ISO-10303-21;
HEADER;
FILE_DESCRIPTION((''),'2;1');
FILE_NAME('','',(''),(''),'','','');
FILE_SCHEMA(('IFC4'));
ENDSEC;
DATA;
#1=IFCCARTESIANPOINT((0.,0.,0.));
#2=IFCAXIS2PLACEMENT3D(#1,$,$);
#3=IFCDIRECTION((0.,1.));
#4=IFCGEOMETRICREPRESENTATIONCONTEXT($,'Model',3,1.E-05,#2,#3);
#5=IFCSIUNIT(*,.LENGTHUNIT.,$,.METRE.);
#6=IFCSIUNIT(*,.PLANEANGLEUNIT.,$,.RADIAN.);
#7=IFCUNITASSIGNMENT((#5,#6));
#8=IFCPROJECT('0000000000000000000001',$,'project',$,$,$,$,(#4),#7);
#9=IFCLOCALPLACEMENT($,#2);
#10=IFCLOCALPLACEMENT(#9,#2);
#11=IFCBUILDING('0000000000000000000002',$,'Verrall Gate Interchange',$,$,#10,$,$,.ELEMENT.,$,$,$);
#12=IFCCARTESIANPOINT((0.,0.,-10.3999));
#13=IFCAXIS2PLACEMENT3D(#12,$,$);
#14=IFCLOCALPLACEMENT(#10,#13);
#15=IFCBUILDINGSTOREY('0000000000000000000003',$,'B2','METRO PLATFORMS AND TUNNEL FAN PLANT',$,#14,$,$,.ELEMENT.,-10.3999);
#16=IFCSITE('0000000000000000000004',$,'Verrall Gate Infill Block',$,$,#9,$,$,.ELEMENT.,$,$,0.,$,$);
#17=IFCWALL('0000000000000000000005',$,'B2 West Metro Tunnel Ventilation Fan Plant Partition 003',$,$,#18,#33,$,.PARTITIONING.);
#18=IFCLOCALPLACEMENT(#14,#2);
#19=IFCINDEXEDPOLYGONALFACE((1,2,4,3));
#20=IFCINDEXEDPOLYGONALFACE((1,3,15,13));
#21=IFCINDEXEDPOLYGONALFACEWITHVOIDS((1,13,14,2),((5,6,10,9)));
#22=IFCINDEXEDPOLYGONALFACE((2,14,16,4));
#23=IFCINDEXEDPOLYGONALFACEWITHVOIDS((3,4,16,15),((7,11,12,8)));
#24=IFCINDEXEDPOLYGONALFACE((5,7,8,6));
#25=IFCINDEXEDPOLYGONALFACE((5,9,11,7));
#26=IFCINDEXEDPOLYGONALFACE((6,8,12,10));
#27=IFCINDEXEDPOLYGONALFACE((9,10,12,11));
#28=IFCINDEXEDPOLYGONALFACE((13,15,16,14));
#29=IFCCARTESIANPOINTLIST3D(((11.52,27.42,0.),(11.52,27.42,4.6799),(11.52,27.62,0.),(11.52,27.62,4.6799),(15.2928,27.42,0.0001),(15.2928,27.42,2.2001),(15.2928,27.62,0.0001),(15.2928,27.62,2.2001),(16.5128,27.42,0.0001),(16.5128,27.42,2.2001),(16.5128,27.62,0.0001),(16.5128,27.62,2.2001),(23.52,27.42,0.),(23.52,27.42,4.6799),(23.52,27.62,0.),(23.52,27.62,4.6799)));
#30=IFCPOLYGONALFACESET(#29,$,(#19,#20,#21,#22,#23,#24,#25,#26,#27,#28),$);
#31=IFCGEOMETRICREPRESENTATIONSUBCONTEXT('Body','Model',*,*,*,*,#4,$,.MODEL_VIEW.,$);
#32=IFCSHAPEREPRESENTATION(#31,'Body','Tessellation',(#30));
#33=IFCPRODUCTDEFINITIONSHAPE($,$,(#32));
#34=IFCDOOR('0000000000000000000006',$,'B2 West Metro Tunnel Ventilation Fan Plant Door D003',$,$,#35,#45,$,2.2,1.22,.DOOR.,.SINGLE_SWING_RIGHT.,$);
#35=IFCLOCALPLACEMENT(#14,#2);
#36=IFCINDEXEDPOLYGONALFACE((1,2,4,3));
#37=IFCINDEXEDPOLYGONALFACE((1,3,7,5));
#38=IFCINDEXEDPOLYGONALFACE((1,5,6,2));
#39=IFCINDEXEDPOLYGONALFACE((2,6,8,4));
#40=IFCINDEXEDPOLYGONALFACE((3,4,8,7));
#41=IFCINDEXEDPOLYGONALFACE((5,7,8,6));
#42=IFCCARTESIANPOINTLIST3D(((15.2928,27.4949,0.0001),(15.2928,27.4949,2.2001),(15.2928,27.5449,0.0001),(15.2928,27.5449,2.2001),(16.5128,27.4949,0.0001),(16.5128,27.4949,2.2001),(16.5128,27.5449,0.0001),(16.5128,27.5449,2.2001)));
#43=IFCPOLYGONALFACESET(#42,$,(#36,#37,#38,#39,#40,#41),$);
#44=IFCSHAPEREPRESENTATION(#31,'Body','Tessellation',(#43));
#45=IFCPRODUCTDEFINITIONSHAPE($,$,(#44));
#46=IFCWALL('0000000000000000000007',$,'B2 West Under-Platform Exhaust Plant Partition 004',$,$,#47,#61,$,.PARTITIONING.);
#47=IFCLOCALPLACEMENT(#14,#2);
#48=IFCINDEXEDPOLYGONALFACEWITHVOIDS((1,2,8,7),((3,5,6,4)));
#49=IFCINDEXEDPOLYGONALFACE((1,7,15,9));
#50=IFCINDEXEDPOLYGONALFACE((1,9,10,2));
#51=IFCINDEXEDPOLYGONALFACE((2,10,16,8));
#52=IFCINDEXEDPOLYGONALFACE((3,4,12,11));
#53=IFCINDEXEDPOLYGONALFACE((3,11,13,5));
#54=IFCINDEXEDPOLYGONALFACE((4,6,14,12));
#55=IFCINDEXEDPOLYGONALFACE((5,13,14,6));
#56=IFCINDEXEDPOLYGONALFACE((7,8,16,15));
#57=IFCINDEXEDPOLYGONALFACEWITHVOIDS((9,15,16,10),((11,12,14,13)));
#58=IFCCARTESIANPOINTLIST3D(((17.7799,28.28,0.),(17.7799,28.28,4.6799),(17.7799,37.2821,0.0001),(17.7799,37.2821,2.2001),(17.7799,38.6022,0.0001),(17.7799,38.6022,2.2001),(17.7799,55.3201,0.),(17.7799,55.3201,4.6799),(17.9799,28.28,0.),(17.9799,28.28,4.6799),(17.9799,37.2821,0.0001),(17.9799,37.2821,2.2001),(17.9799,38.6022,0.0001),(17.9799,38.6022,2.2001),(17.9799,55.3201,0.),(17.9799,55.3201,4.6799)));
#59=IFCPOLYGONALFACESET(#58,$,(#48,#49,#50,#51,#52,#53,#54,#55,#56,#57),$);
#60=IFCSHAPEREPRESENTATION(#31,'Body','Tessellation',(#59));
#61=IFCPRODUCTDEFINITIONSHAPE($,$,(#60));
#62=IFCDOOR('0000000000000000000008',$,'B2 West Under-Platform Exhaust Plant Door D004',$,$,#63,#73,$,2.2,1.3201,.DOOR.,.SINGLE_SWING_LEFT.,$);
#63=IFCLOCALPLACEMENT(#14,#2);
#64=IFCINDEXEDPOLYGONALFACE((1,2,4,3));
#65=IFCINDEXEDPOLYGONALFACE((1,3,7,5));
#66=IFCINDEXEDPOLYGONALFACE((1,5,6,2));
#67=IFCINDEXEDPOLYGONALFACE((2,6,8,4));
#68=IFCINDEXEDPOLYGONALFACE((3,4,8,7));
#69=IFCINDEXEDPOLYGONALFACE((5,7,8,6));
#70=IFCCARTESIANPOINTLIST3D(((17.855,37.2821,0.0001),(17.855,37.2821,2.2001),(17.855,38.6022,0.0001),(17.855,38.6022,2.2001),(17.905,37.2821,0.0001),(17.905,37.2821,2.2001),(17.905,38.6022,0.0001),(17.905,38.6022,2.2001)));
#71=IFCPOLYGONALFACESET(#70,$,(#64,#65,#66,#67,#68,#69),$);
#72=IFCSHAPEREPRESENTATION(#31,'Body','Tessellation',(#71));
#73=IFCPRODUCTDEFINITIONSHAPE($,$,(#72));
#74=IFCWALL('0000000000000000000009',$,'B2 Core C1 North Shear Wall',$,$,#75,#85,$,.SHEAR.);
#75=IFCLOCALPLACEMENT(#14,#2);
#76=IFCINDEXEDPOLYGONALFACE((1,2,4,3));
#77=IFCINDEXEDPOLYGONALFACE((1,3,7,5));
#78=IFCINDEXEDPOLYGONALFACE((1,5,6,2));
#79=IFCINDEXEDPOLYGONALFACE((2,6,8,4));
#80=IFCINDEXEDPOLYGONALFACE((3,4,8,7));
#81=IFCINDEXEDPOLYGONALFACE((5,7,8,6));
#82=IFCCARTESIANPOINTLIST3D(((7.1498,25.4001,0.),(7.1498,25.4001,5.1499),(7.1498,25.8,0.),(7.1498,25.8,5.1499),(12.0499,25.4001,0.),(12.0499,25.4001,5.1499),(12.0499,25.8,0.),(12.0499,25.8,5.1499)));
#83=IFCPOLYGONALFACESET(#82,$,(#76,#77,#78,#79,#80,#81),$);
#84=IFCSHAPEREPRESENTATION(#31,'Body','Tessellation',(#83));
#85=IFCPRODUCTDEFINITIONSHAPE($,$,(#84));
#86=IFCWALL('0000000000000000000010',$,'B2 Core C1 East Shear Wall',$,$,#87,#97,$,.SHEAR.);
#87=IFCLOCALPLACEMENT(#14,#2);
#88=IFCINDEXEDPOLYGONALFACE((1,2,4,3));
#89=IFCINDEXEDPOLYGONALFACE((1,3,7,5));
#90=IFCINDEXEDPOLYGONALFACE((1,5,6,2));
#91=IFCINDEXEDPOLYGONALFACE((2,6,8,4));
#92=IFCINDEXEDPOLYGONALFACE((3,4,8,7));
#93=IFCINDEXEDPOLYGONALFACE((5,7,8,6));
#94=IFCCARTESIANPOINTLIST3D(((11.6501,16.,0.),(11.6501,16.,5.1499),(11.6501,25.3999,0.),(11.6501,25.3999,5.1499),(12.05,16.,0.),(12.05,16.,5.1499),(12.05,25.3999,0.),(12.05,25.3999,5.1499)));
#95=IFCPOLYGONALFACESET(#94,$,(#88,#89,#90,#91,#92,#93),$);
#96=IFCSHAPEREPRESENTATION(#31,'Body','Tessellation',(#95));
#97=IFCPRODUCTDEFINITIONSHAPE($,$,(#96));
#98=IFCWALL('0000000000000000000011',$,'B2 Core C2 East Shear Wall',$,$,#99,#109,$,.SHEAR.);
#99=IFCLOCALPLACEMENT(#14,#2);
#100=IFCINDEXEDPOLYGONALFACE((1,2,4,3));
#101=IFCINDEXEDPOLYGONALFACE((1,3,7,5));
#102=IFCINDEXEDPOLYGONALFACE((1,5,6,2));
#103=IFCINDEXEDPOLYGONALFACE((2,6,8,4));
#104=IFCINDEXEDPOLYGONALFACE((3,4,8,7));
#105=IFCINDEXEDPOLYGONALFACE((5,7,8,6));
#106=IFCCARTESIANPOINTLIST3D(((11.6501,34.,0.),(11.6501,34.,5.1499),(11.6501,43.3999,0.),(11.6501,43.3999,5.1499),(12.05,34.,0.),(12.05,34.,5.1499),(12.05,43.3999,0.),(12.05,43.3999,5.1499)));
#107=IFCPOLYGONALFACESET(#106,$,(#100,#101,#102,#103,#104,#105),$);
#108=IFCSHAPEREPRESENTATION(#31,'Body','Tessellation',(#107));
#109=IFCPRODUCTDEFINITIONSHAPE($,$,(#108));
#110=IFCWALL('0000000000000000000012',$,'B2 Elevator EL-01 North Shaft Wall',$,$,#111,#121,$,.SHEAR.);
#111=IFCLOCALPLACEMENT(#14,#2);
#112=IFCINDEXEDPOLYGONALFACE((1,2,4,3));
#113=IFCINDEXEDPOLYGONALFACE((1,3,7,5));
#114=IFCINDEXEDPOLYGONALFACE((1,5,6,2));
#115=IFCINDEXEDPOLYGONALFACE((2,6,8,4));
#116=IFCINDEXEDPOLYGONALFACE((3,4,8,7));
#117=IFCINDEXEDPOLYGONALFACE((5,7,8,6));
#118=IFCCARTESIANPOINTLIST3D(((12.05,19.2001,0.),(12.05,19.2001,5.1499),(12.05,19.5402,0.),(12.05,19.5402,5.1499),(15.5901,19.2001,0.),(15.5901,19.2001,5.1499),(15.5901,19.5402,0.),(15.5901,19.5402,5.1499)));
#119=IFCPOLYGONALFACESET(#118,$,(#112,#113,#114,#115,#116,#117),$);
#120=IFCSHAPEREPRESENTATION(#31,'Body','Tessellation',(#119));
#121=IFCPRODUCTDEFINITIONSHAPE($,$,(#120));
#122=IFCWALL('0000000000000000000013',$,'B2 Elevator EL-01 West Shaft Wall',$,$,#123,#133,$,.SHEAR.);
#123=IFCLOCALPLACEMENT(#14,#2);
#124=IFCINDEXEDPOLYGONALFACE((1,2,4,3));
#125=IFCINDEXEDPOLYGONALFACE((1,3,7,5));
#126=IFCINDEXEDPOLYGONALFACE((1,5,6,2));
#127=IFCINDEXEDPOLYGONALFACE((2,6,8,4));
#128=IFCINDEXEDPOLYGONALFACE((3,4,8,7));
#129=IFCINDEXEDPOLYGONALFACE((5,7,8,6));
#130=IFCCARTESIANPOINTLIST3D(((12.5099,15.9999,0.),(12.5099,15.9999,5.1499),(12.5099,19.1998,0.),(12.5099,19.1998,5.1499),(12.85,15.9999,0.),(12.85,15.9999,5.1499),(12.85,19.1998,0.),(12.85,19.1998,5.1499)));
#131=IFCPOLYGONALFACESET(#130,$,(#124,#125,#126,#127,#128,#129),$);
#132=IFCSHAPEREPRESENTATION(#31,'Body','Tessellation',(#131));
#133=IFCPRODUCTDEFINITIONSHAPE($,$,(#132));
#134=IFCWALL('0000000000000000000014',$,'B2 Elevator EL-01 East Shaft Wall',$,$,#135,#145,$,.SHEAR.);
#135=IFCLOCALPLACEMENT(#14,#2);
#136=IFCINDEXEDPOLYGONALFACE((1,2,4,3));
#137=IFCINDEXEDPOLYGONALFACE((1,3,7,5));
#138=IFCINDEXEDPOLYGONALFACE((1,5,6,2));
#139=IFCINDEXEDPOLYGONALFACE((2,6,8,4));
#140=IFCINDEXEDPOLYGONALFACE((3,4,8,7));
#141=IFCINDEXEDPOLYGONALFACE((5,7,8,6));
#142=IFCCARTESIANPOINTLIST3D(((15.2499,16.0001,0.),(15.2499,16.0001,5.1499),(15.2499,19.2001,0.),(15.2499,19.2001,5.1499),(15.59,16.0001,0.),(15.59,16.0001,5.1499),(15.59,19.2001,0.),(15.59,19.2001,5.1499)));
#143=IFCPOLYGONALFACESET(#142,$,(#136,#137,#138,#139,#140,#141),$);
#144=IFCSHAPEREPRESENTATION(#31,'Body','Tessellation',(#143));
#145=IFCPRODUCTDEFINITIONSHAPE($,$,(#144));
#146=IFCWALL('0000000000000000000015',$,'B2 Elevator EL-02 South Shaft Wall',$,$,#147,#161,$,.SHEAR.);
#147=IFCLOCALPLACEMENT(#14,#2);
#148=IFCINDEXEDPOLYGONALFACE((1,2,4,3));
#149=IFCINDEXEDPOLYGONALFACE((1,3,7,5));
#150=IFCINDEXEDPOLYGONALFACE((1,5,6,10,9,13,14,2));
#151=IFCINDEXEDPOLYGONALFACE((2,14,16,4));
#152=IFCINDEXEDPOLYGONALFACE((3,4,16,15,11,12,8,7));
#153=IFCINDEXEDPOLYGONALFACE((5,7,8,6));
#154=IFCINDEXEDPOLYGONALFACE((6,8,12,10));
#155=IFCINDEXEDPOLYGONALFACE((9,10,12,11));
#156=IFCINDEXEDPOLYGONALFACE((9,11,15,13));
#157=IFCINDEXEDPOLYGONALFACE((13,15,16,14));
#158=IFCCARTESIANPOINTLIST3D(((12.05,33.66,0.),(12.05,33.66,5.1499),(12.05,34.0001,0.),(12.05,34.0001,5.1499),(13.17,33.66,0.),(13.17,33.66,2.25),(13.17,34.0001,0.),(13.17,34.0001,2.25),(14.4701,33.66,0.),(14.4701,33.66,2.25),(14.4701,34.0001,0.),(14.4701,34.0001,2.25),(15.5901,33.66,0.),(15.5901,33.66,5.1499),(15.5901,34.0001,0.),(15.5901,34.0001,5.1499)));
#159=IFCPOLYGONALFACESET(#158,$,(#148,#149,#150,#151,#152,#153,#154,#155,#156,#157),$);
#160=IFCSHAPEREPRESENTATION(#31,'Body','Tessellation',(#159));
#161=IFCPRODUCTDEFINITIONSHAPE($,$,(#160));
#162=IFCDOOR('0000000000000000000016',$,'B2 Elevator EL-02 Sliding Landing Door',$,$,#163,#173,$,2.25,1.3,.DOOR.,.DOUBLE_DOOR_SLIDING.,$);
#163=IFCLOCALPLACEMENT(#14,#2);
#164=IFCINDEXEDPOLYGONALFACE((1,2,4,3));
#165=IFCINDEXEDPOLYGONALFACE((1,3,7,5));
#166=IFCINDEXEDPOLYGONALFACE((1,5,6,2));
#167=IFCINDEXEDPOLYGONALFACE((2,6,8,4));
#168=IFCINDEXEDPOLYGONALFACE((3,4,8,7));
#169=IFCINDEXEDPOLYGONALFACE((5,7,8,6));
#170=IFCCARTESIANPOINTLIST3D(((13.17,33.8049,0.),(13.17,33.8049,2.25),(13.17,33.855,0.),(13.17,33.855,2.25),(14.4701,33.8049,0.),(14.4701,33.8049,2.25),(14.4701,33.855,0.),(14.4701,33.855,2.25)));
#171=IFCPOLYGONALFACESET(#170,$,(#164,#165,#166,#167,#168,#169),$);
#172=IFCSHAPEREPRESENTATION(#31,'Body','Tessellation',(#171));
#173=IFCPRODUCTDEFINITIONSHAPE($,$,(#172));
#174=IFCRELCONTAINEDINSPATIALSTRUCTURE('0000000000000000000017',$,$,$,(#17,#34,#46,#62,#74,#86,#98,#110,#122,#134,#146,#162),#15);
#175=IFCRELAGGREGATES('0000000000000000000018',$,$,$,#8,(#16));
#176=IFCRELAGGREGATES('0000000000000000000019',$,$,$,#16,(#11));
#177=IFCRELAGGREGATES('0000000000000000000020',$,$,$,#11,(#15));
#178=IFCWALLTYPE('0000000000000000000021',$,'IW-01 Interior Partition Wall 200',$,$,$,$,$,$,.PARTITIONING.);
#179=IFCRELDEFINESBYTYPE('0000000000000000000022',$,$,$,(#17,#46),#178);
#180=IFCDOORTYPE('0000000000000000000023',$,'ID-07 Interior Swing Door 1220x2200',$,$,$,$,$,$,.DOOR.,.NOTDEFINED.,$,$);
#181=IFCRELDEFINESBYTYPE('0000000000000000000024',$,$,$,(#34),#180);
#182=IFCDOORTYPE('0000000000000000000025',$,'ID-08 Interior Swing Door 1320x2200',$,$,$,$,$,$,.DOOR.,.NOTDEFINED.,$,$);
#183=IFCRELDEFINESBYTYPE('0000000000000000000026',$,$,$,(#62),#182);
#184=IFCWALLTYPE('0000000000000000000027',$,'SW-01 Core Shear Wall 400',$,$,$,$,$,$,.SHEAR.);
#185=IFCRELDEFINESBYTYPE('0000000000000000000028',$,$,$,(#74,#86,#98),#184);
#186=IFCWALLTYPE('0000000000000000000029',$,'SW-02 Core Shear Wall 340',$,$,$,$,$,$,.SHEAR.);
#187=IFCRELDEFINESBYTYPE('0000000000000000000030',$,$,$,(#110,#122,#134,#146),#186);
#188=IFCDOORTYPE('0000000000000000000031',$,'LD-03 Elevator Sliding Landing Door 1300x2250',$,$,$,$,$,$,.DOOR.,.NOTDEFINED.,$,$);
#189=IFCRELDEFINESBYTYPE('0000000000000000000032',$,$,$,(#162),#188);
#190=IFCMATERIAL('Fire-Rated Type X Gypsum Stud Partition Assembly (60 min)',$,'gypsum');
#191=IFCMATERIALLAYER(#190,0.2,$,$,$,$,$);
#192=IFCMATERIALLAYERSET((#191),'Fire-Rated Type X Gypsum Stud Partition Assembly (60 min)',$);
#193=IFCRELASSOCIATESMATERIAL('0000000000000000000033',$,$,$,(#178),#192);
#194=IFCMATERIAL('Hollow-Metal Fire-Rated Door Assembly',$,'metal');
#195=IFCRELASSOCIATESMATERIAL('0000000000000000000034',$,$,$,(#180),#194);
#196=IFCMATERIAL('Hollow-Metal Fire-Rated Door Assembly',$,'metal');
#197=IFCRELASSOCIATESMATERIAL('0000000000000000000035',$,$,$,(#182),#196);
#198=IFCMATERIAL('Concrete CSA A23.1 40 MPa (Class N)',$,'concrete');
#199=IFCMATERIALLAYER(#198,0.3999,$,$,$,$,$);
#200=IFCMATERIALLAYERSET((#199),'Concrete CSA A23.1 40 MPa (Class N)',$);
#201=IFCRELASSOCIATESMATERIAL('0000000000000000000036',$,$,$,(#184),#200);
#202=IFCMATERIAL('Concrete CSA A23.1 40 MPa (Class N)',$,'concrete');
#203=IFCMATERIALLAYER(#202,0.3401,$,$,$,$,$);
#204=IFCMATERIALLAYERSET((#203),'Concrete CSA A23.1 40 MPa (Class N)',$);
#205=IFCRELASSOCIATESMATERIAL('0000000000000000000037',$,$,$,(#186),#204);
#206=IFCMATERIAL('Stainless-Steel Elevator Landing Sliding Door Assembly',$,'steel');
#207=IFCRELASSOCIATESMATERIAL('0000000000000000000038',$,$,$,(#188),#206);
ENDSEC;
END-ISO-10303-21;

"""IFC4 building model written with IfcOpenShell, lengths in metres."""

from ifc_helpers import new_model, si_unit, direction, frame, frame_2d, origin, place, context, subcontext, project, spatial, rectangle, extrude, material, layer, layer_set, type_object, element, fill, save


model = new_model("IFC4")

# Units and contexts
model_context = context("Model", 3, precision=1e-05, world=origin(), true_north=direction((0.0, 1.0)))
body_context = subcontext(model_context, "Body", "Model", "MODEL_VIEW")
ifc_project = project(units=[si_unit("LENGTHUNIT", "METRE"), si_unit("PLANEANGLEUNIT", "RADIAN")], contexts=[model_context])

# Site, building, storey
site_placement = place(None, origin())
site = spatial("IfcSite", under=ifc_project, at=site_placement, Name="Verrall Gate Infill Block", CompositionType="ELEMENT", RefElevation=0.0)
building_placement = place(site_placement, origin())
building = spatial("IfcBuilding", under=site, at=building_placement, Name="Verrall Gate Interchange", CompositionType="ELEMENT")
storey_placement = place(building_placement, frame((0.0, 0.0, -10.3999)))
storey = spatial("IfcBuildingStorey", under=building, at=storey_placement, Name="B2", Description="METRO PLATFORMS AND TUNNEL FAN PLANT", CompositionType="ELEMENT", Elevation=-10.3999)

# Walls, openings, doors
ifc_material_1 = material(Name="Fire-Rated Type X Gypsum Stud Partition Assembly (60 min)", Category="gypsum")
ifc_layer_1 = layer(ifc_material_1, 0.2)
ifc_layer_set_1 = layer_set([ifc_layer_1], Name="Fire-Rated Type X Gypsum Stud Partition Assembly (60 min)")
wall_type_1 = type_object("IfcWallType", Name="IW-01 Interior Partition Wall 200", PredefinedType="PARTITIONING", material=ifc_layer_set_1)
wall_1_placement = place(storey_placement, frame((11.52, 27.52, 0.0), z_axis=(0.0, 0.0, 1.0), x_axis=(1.0, 0.0, 0.0)))
wall_1 = element("IfcWall", 1, at=wall_1_placement, inside=storey, type_object=wall_type_1, Name="B2 West Metro Tunnel Ventilation Fan Plant Partition 003", PredefinedType="PARTITIONING", context=body_context, shape_type="SweptSolid", body=[
    extrude(rectangle(XDim=12.0, YDim=0.2, at=frame_2d((6.0, 0.0))), origin(), (0.0, 0.0, 1.0), 4.6799),
])
opening_1_placement = place(wall_1_placement, frame((3.7729, 0.0, 0.0)))
opening_1 = element("IfcOpeningElement", 2, at=opening_1_placement, cuts=wall_1, PredefinedType="OPENING", context=body_context, shape_type="SweptSolid", body=[
    extrude(rectangle(XDim=1.22, YDim=2.2, at=frame_2d((0.6099, 1.1001))), frame((0.0, 0.1147, 0.0), z_axis=(0.0, -1.0, 0.0), x_axis=(1.0, 0.0, 0.0)), (0.0, 0.0, 1.0), 0.2297),
])
ifc_material_2 = material(Name="Hollow-Metal Fire-Rated Door Assembly", Category="metal")
door_type_1 = type_object("IfcDoorType", Name="ID-07 Interior Swing Door 1220x2200", OperationType="NOTDEFINED", PredefinedType="DOOR", material=ifc_material_2)
door_1_placement = place(opening_1_placement, origin())
door_1 = element("IfcDoor", 3, at=door_1_placement, inside=storey, type_object=door_type_1, Name="B2 West Metro Tunnel Ventilation Fan Plant Door D003", OperationType="SINGLE_SWING_RIGHT", OverallHeight=2.2, OverallWidth=1.22, PredefinedType="DOOR", context=body_context, shape_type="SweptSolid", body=[
    extrude(rectangle(XDim=1.22, YDim=2.2, at=frame_2d((0.6099, 1.1001))), frame((0.0, 0.0249, 0.0), z_axis=(0.0, -1.0, 0.0), x_axis=(1.0, 0.0, 0.0)), (0.0, 0.0, 1.0), 0.05),
])
fill(opening_1, door_1)
wall_2_placement = place(storey_placement, frame((17.8799, 28.28, 0.0), z_axis=(0.0, 0.0, 1.0), x_axis=(0.0, 1.0, 0.0)))
wall_2 = element("IfcWall", 4, at=wall_2_placement, inside=storey, type_object=wall_type_1, Name="B2 West Under-Platform Exhaust Plant Partition 004", PredefinedType="PARTITIONING", context=body_context, shape_type="SweptSolid", body=[
    extrude(rectangle(XDim=27.04, YDim=0.2, at=frame_2d((13.52, 0.0))), origin(), (0.0, 0.0, 1.0), 4.6799),
])
opening_2_placement = place(wall_2_placement, frame((9.002, 0.0, 0.0)))
opening_2 = element("IfcOpeningElement", 5, at=opening_2_placement, cuts=wall_2, PredefinedType="OPENING", context=body_context, shape_type="SweptSolid", body=[
    extrude(rectangle(XDim=1.3201, YDim=2.2, at=frame_2d((0.6602, 1.1001))), frame((0.0, 0.1147, 0.0), z_axis=(0.0, -1.0, 0.0), x_axis=(1.0, 0.0, 0.0)), (0.0, 0.0, 1.0), 0.2297),
])
ifc_material_3 = material(Name="Hollow-Metal Fire-Rated Door Assembly", Category="metal")
door_type_2 = type_object("IfcDoorType", Name="ID-08 Interior Swing Door 1320x2200", OperationType="NOTDEFINED", PredefinedType="DOOR", material=ifc_material_3)
door_2_placement = place(opening_2_placement, origin())
door_2 = element("IfcDoor", 6, at=door_2_placement, inside=storey, type_object=door_type_2, Name="B2 West Under-Platform Exhaust Plant Door D004", OperationType="SINGLE_SWING_LEFT", OverallHeight=2.2, OverallWidth=1.3201, PredefinedType="DOOR", context=body_context, shape_type="SweptSolid", body=[
    extrude(rectangle(XDim=1.3201, YDim=2.2, at=frame_2d((0.6602, 1.1001))), frame((0.0, 0.0249, 0.0), z_axis=(0.0, -1.0, 0.0), x_axis=(1.0, 0.0, 0.0)), (0.0, 0.0, 1.0), 0.05),
])
fill(opening_2, door_2)

# Walls
ifc_material_4 = material(Name="Concrete CSA A23.1 40 MPa (Class N)", Category="concrete")
ifc_layer_2 = layer(ifc_material_4, 0.3999)
ifc_layer_set_2 = layer_set([ifc_layer_2], Name="Concrete CSA A23.1 40 MPa (Class N)")
wall_type_2 = type_object("IfcWallType", Name="SW-01 Core Shear Wall 400", PredefinedType="SHEAR", material=ifc_layer_set_2)
wall_3_placement = place(storey_placement, frame((12.05, 25.6001, 0.0), z_axis=(0.0, 0.0, 1.0), x_axis=(-1.0, 0.0, 0.0)))
element("IfcWall", 7, at=wall_3_placement, inside=storey, type_object=wall_type_2, Name="B2 Core C1 North Shear Wall", PredefinedType="SHEAR", context=body_context, shape_type="SweptSolid", body=[
    extrude(rectangle(XDim=4.9001, YDim=0.3999, at=frame_2d((2.4502, 0.0))), origin(), (0.0, 0.0, 1.0), 5.1499),
])
for number, where, z_axis, x_axis, name in (
    (8, (11.8501, 16.0, 0.0), (0.0, 0.0, 1.0), (0.0, 1.0, 0.0), "B2 Core C1 East Shear Wall"),
    (9, (11.8501, 34.0, 0.0), (0.0, 0.0, 1.0), (0.0, 1.0, 0.0), "B2 Core C2 East Shear Wall"),
):
    element("IfcWall", number, at=place(storey_placement, frame(where, z_axis=z_axis, x_axis=x_axis)), inside=storey, type_object=wall_type_2, Name=name, PredefinedType="SHEAR", context=body_context, shape_type="SweptSolid", body=[
        extrude(rectangle(XDim=9.3999, YDim=0.3999, at=frame_2d((4.7, 0.0))), origin(), (0.0, 0.0, 1.0), 5.1499),
    ])
ifc_material_5 = material(Name="Concrete CSA A23.1 40 MPa (Class N)", Category="concrete")
ifc_layer_3 = layer(ifc_material_5, 0.3401)
ifc_layer_set_3 = layer_set([ifc_layer_3], Name="Concrete CSA A23.1 40 MPa (Class N)")
wall_type_3 = type_object("IfcWallType", Name="SW-02 Core Shear Wall 340", PredefinedType="SHEAR", material=ifc_layer_set_3)
wall_4_placement = place(storey_placement, frame((15.5901, 19.3701, 0.0), z_axis=(0.0, 0.0, 1.0), x_axis=(-1.0, 0.0, 0.0)))
element("IfcWall", 10, at=wall_4_placement, inside=storey, type_object=wall_type_3, Name="B2 Elevator EL-01 North Shaft Wall", PredefinedType="SHEAR", context=body_context, shape_type="SweptSolid", body=[
    extrude(rectangle(XDim=3.54, YDim=0.3401, at=frame_2d((1.77, 0.0))), origin(), (0.0, 0.0, 1.0), 5.1499),
])
for number, where, z_axis, x_axis, name in (
    (11, (12.6799, 19.2, 0.0), (0.0, 0.0, 1.0), (0.0, -1.0, 0.0), "B2 Elevator EL-01 West Shaft Wall"),
    (12, (15.4199, 16.0, 0.0), (0.0, 0.0, 1.0), (0.0, 1.0, 0.0), "B2 Elevator EL-01 East Shaft Wall"),
):
    element("IfcWall", number, at=place(storey_placement, frame(where, z_axis=z_axis, x_axis=x_axis)), inside=storey, type_object=wall_type_3, Name=name, PredefinedType="SHEAR", context=body_context, shape_type="SweptSolid", body=[
        extrude(rectangle(XDim=3.2, YDim=0.3401, at=frame_2d((1.6001, 0.0))), origin(), (0.0, 0.0, 1.0), 5.1499),
    ])

# Wall, opening, door
wall_5_placement = place(storey_placement, frame((12.05, 33.8301, 0.0), z_axis=(0.0, 0.0, 1.0), x_axis=(1.0, 0.0, 0.0)))
wall_5 = element("IfcWall", 13, at=wall_5_placement, inside=storey, type_object=wall_type_3, Name="B2 Elevator EL-02 South Shaft Wall", PredefinedType="SHEAR", context=body_context, shape_type="SweptSolid", body=[
    extrude(rectangle(XDim=3.54, YDim=0.3401, at=frame_2d((1.77, 0.0))), origin(), (0.0, 0.0, 1.0), 5.1499),
])
opening_3_placement = place(wall_5_placement, frame((1.1201, 0.0, 0.0)))
opening_3 = element("IfcOpeningElement", 14, at=opening_3_placement, cuts=wall_5, PredefinedType="OPENING", context=body_context, shape_type="SweptSolid", body=[
    extrude(rectangle(XDim=1.3, YDim=2.25, at=frame_2d((0.6499, 1.125))), frame((0.0, 0.1851, 0.0), z_axis=(0.0, -1.0, 0.0), x_axis=(1.0, 0.0, 0.0)), (0.0, 0.0, 1.0), 0.3699),
])
ifc_material_6 = material(Name="Stainless-Steel Elevator Landing Sliding Door Assembly", Category="steel")
door_type_3 = type_object("IfcDoorType", Name="LD-03 Elevator Sliding Landing Door 1300x2250", OperationType="NOTDEFINED", PredefinedType="DOOR", material=ifc_material_6)
door_3_placement = place(opening_3_placement, origin())
door_3 = element("IfcDoor", 15, at=door_3_placement, inside=storey, type_object=door_type_3, Name="B2 Elevator EL-02 Sliding Landing Door", OperationType="DOUBLE_DOOR_SLIDING", OverallHeight=2.25, OverallWidth=1.3, PredefinedType="DOOR", context=body_context, shape_type="SweptSolid", body=[
    extrude(rectangle(XDim=1.3, YDim=2.25, at=frame_2d((0.6499, 1.125))), frame((0.0, 0.0249, 0.0), z_axis=(0.0, -1.0, 0.0), x_axis=(1.0, 0.0, 0.0)), (0.0, 0.0, 1.0), 0.05),
])
fill(opening_3, door_3)

save(model, "model.ifc")
